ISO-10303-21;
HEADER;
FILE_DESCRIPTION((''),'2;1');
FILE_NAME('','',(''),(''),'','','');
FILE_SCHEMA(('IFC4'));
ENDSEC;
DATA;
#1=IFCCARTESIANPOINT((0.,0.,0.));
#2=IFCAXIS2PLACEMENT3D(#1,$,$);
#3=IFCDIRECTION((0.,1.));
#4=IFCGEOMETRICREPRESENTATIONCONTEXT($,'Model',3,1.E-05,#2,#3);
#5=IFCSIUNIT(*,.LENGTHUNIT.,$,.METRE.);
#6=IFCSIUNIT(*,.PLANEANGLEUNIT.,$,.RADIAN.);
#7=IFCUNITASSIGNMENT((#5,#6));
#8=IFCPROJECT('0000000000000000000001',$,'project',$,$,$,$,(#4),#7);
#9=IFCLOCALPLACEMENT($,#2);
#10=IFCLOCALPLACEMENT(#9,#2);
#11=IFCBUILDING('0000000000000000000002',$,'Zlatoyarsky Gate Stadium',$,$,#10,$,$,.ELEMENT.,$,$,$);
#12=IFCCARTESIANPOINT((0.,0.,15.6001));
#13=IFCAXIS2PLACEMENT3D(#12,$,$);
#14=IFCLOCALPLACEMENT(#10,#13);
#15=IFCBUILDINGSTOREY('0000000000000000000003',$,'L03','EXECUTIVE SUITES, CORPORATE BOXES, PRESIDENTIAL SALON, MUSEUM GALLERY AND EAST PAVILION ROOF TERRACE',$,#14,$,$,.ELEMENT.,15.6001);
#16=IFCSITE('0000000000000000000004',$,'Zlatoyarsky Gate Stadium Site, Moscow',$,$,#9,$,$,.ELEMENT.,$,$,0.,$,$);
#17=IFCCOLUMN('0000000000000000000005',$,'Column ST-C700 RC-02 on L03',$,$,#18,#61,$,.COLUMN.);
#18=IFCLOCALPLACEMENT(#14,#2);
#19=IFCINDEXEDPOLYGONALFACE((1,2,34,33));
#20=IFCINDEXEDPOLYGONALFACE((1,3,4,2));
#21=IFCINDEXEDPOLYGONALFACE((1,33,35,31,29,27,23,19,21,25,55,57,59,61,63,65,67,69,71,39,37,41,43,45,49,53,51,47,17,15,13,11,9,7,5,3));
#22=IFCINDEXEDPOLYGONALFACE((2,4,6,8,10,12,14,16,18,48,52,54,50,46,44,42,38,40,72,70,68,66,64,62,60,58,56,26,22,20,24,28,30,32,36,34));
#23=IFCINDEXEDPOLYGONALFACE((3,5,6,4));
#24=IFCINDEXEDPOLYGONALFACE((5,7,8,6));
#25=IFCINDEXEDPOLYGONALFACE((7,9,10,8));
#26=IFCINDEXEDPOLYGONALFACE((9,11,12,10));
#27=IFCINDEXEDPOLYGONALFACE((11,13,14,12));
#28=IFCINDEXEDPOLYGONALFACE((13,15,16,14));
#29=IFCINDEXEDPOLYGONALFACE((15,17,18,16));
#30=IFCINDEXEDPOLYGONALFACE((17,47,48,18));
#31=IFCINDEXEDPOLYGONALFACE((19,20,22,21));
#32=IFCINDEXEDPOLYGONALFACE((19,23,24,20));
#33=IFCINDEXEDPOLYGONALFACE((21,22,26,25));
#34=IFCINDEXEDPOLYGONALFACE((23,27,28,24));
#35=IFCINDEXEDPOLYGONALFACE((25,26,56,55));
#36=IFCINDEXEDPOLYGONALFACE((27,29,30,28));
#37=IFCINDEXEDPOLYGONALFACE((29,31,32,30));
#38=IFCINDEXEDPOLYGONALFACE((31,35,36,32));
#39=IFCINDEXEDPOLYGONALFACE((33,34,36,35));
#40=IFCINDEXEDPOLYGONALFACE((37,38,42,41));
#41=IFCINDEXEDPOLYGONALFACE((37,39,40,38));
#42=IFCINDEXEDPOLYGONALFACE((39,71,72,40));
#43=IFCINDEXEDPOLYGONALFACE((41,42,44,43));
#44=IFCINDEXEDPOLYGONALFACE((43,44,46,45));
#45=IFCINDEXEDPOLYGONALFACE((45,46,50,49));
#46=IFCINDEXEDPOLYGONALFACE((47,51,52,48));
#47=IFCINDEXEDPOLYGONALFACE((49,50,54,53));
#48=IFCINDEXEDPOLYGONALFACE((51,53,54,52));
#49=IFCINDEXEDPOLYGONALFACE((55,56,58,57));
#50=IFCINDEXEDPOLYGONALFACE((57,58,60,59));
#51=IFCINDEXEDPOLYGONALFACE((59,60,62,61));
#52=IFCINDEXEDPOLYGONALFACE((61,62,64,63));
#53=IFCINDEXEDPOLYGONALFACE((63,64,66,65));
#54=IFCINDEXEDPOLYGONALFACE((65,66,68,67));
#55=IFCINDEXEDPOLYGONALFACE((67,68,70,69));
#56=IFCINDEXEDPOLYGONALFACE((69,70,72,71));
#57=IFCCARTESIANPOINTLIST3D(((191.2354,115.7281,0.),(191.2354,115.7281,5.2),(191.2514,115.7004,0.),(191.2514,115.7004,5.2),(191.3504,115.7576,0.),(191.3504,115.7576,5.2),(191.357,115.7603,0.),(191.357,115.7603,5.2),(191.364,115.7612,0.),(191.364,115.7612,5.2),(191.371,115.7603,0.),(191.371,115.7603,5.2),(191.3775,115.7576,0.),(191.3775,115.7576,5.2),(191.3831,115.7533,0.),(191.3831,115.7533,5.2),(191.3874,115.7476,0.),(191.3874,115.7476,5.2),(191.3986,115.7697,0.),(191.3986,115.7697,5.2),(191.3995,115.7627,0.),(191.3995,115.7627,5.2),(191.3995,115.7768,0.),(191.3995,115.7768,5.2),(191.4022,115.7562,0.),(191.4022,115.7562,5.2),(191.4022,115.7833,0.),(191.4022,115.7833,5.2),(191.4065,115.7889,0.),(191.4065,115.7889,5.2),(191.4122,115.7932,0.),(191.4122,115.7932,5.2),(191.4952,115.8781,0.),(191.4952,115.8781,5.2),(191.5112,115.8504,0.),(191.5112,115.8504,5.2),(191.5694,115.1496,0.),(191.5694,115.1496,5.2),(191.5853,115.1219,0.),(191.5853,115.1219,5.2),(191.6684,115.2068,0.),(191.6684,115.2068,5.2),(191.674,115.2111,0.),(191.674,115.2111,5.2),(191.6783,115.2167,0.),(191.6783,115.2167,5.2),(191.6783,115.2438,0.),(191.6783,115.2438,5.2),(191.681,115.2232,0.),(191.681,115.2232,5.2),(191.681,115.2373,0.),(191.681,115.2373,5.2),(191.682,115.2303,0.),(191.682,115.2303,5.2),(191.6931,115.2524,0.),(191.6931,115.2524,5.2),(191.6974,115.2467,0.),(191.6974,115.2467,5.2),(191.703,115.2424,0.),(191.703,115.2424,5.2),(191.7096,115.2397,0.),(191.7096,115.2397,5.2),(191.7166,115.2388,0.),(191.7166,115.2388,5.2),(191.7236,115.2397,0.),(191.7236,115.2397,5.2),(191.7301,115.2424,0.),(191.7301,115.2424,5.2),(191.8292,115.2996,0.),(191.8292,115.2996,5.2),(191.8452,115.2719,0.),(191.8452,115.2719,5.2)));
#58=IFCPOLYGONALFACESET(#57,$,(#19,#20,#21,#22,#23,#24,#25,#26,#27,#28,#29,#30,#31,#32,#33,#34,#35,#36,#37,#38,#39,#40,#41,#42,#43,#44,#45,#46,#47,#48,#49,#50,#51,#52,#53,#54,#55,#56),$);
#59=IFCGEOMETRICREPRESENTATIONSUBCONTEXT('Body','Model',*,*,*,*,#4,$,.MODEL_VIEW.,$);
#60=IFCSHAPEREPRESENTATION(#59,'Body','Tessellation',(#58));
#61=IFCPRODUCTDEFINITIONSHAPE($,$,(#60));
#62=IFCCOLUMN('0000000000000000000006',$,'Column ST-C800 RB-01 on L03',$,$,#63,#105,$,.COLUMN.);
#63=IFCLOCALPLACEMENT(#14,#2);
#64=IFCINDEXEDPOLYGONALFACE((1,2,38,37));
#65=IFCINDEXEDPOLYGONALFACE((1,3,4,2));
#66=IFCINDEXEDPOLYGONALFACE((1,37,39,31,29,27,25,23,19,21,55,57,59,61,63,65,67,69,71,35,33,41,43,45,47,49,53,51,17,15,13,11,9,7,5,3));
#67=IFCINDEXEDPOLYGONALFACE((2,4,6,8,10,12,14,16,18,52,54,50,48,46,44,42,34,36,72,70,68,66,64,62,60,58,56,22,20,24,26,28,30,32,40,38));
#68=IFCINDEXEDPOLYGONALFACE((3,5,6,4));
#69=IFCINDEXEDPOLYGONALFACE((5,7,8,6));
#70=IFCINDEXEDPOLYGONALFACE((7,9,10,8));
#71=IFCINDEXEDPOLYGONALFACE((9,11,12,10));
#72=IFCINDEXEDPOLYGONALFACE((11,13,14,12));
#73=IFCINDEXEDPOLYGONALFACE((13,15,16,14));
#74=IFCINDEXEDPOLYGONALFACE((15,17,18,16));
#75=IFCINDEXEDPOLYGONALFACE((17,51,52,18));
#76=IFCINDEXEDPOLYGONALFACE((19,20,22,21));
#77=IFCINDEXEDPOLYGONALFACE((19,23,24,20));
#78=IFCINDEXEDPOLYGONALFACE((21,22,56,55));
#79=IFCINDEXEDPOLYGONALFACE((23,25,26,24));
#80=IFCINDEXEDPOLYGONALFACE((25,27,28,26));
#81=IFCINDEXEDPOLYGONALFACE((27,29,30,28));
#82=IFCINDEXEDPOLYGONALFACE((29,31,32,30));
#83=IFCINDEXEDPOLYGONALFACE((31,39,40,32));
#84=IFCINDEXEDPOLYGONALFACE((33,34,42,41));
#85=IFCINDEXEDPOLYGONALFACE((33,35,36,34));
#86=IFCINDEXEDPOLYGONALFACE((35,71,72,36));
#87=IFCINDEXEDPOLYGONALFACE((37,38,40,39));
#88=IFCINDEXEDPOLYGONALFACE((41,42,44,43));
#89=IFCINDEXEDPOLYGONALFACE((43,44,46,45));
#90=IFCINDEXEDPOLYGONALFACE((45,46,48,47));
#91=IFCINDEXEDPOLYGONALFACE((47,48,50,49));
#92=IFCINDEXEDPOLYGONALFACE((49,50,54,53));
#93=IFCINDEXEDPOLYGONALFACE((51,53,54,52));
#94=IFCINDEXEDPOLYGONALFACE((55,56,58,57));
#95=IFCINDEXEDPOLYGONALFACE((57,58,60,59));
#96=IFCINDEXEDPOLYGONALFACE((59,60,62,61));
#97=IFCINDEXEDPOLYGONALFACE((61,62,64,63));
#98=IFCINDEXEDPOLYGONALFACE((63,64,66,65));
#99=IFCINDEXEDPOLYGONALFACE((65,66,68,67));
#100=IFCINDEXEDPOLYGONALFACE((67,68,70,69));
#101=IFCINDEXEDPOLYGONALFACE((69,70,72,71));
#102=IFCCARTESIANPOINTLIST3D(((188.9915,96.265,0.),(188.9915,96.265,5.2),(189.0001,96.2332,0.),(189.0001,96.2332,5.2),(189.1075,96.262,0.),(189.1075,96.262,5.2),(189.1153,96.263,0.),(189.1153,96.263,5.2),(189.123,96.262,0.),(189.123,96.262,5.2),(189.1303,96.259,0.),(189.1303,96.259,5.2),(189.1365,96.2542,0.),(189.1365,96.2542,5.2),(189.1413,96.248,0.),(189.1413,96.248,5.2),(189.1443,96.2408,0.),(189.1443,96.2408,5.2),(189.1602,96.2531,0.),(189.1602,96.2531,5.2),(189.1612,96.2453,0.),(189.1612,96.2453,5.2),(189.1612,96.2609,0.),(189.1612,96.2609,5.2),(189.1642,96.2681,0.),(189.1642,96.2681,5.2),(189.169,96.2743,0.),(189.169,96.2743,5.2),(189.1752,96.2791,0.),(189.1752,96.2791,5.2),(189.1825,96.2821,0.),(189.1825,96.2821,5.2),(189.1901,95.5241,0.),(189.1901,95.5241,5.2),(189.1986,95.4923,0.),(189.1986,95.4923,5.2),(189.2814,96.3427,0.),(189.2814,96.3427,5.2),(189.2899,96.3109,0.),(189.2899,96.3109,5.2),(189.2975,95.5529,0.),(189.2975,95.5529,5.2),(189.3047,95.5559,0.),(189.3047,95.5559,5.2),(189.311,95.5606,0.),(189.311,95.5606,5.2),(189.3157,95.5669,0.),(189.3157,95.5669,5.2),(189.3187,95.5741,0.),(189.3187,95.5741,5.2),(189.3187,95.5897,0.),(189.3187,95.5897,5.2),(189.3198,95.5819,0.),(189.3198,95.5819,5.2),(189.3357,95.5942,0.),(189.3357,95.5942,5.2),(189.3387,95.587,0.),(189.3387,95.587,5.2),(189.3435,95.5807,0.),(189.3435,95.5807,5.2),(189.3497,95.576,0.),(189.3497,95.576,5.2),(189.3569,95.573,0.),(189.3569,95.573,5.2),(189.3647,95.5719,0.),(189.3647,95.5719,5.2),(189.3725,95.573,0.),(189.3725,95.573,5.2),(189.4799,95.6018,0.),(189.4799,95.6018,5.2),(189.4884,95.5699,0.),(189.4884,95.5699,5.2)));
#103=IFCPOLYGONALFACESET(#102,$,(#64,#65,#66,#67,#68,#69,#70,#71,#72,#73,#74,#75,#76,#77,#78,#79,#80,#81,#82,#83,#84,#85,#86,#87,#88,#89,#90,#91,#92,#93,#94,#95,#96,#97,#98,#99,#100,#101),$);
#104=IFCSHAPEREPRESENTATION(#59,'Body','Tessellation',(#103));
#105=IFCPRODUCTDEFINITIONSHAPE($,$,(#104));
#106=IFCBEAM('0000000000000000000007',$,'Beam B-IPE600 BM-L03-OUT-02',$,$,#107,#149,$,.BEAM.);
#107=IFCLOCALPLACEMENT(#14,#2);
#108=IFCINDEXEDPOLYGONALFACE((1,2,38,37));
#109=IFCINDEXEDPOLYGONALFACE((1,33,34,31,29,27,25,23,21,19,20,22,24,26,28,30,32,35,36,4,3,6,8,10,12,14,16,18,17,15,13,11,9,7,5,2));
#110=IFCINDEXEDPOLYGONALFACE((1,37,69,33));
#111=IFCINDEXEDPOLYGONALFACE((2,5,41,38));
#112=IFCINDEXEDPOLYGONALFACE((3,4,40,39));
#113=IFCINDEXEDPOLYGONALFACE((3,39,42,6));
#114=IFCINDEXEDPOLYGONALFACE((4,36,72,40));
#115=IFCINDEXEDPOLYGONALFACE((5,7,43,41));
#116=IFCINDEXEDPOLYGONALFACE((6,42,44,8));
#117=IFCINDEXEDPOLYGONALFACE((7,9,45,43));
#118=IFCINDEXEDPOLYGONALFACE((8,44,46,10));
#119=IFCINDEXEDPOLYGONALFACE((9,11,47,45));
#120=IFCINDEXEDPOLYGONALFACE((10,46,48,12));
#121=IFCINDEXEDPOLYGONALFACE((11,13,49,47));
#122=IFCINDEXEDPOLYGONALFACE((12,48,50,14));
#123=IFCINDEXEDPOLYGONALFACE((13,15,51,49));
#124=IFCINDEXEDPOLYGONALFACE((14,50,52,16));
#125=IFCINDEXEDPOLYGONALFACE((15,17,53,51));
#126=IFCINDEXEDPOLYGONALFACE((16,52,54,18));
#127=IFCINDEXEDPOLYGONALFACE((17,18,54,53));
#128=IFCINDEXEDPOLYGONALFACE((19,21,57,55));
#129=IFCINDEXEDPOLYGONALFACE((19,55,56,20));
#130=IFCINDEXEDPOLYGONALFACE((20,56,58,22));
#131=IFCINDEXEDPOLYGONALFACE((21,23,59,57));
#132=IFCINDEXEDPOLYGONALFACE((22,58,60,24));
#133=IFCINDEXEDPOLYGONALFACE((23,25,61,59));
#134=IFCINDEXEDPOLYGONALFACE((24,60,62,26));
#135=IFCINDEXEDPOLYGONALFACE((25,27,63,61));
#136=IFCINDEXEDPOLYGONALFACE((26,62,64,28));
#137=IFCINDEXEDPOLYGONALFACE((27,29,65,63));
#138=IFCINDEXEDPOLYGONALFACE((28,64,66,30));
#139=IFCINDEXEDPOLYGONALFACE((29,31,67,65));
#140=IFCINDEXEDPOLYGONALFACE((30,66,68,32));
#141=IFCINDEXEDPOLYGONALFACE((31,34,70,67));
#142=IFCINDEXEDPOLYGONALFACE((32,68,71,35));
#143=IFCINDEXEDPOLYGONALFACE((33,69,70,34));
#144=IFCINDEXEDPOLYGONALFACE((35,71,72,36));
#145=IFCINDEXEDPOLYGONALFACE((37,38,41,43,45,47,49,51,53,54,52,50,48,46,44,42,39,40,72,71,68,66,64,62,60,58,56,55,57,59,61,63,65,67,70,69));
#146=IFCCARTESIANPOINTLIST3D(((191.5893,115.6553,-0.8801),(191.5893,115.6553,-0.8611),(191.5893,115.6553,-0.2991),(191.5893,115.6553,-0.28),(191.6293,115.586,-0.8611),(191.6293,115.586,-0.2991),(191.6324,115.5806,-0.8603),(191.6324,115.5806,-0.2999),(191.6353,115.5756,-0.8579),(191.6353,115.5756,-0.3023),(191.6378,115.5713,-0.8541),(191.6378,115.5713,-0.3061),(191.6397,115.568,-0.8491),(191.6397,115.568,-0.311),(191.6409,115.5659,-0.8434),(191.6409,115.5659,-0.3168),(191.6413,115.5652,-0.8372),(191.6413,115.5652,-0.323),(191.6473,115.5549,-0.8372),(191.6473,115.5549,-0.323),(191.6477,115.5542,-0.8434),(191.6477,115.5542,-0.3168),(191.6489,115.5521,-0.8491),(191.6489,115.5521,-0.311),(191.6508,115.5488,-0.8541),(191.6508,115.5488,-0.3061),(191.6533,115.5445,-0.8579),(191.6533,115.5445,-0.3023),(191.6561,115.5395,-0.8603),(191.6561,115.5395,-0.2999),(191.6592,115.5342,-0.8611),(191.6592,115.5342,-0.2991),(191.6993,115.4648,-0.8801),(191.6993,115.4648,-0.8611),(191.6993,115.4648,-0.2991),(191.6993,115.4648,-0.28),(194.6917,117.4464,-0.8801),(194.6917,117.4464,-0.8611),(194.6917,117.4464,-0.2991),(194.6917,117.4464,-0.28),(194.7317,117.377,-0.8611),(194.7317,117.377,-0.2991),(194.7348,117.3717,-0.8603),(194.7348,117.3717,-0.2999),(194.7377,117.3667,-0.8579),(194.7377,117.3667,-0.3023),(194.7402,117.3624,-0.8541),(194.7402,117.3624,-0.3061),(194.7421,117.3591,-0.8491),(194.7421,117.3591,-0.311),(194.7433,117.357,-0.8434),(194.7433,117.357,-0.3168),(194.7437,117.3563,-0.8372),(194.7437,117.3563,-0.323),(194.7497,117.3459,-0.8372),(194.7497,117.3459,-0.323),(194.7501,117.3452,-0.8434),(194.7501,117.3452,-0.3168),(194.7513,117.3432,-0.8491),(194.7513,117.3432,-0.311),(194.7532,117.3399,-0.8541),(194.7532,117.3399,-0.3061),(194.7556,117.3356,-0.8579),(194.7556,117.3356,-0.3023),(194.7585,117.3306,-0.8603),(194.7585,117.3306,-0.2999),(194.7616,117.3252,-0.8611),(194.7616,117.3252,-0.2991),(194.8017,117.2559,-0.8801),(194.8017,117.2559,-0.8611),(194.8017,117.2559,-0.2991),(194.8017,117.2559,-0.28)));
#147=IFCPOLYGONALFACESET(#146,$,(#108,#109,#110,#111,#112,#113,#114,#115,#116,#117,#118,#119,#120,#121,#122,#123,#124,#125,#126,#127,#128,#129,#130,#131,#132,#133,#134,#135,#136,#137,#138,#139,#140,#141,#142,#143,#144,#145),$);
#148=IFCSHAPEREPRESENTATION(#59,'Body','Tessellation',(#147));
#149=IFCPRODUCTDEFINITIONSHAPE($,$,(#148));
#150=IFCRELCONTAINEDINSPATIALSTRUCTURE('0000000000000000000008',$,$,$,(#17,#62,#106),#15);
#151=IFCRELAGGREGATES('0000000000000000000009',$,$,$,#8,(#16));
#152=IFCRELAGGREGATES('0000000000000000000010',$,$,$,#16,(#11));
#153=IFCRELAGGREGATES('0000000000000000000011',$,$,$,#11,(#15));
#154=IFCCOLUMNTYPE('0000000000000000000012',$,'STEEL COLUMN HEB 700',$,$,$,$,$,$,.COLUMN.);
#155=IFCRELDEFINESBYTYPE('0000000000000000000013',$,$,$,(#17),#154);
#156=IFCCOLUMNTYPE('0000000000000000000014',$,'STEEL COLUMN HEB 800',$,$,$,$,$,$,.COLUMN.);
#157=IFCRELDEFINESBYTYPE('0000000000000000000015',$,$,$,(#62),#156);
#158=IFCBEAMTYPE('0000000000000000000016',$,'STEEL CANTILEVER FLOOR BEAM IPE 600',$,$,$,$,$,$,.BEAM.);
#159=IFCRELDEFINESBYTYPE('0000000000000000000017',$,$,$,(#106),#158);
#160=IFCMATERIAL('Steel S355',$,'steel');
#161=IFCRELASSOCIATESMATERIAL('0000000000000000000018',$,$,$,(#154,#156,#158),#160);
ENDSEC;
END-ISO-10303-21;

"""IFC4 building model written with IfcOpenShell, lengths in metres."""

from ifc_helpers import new_model, si_unit, direction, frame, origin, origin_2d, place, context, subcontext, project, spatial, i_section, extrude, material, material_profile, profile_set, type_object, element, save


model = new_model("IFC4")

# Units and contexts
model_context = context("Model", 3, precision=1e-05, world=origin(), true_north=direction((0.0, 1.0)))
body_context = subcontext(model_context, "Body", "Model", "MODEL_VIEW")
ifc_project = project(units=[si_unit("LENGTHUNIT", "METRE"), si_unit("PLANEANGLEUNIT", "RADIAN")], contexts=[model_context])

# Site, building, storey
site_placement = place(None, origin())
site = spatial("IfcSite", under=ifc_project, at=site_placement, Name="Zlatoyarsky Gate Stadium Site, Moscow", CompositionType="ELEMENT", RefElevation=0.0)
building_placement = place(site_placement, origin())
building = spatial("IfcBuilding", under=site, at=building_placement, Name="Zlatoyarsky Gate Stadium", CompositionType="ELEMENT")
storey_placement = place(building_placement, frame((0.0, 0.0, 15.6001)))
storey = spatial("IfcBuildingStorey", under=building, at=storey_placement, Name="L03", Description="EXECUTIVE SUITES, CORPORATE BOXES, PRESIDENTIAL SALON, MUSEUM GALLERY AND EAST PAVILION ROOF TERRACE", CompositionType="ELEMENT", Elevation=15.6001)

# Columns
ifc_material_1 = material(Name="Steel S355", Category="steel")
ifc_material_profile_1 = material_profile(ifc_material_1, i_section(OverallWidth=0.3, OverallDepth=0.7, WebThickness=0.0171, FlangeThickness=0.032, FilletRadius=0.0271, at=origin_2d()), Name="HEB 700")
ifc_profile_set_1 = profile_set([ifc_material_profile_1], Name="Steel S355")
column_type_1 = type_object("IfcColumnType", Name="STEEL COLUMN HEB 700", PredefinedType="COLUMN", material=ifc_profile_set_1)
column_1_placement = place(storey_placement, frame((191.5403, 115.5, 0.0), z_axis=(0.0, 0.0, 1.0), x_axis=(0.866025, 0.5, 0.0)))
element("IfcColumn", 1, at=column_1_placement, inside=storey, type_object=column_type_1, Name="Column ST-C700 RC-02 on L03", PredefinedType="COLUMN", context=body_context, shape_type="SweptSolid", body=[
    extrude(i_section(OverallWidth=0.3, OverallDepth=0.7, WebThickness=0.0171, FlangeThickness=0.032, FilletRadius=0.0271, at=origin_2d()), origin(), (0.0, 0.0, 1.0), 5.2),
])
ifc_material_profile_2 = material_profile(ifc_material_1, i_section(OverallWidth=0.3, OverallDepth=0.8, WebThickness=0.0176, FlangeThickness=0.033, FilletRadius=0.03, at=origin_2d()), Name="HEB 800")
ifc_profile_set_2 = profile_set([ifc_material_profile_2], Name="Steel S355")
column_type_2 = type_object("IfcColumnType", Name="STEEL COLUMN HEB 800", PredefinedType="COLUMN", material=ifc_profile_set_2)
column_2_placement = place(storey_placement, frame((189.24, 95.9175, 0.0), z_axis=(0.0, 0.0, 1.0), x_axis=(0.965926, 0.258819, 0.0)))
element("IfcColumn", 2, at=column_2_placement, inside=storey, type_object=column_type_2, Name="Column ST-C800 RB-01 on L03", PredefinedType="COLUMN", context=body_context, shape_type="SweptSolid", body=[
    extrude(i_section(OverallWidth=0.3, OverallDepth=0.8, WebThickness=0.0176, FlangeThickness=0.033, FilletRadius=0.03, at=origin_2d()), origin(), (0.0, 0.0, 1.0), 5.2),
])

# Beam
ifc_material_profile_3 = material_profile(ifc_material_1, i_section(OverallWidth=0.22, OverallDepth=0.6001, WebThickness=0.012, FlangeThickness=0.019, FilletRadius=0.0239, at=origin_2d()), Name="IPE 600")
ifc_profile_set_3 = profile_set([ifc_material_profile_3], Name="Steel S355")
beam_type_1 = type_object("IfcBeamType", Name="STEEL CANTILEVER FLOOR BEAM IPE 600", PredefinedType="BEAM", material=ifc_profile_set_3)
beam_1_placement = place(storey_placement, frame((191.6443, 115.5601, -0.5801), z_axis=(0.866037, 0.49998, 0.0), x_axis=(-0.49998, 0.866037, 0.0)))
element("IfcBeam", 3, at=beam_1_placement, inside=storey, type_object=beam_type_1, Name="Beam B-IPE600 BM-L03-OUT-02", PredefinedType="BEAM", context=body_context, shape_type="SweptSolid", body=[
    extrude(i_section(OverallWidth=0.22, OverallDepth=0.6001, WebThickness=0.012, FlangeThickness=0.019, FilletRadius=0.0239, at=origin_2d()), origin(), (0.0, 0.0, 1.0), 3.5823),
])

save(model, "model.ifc")
